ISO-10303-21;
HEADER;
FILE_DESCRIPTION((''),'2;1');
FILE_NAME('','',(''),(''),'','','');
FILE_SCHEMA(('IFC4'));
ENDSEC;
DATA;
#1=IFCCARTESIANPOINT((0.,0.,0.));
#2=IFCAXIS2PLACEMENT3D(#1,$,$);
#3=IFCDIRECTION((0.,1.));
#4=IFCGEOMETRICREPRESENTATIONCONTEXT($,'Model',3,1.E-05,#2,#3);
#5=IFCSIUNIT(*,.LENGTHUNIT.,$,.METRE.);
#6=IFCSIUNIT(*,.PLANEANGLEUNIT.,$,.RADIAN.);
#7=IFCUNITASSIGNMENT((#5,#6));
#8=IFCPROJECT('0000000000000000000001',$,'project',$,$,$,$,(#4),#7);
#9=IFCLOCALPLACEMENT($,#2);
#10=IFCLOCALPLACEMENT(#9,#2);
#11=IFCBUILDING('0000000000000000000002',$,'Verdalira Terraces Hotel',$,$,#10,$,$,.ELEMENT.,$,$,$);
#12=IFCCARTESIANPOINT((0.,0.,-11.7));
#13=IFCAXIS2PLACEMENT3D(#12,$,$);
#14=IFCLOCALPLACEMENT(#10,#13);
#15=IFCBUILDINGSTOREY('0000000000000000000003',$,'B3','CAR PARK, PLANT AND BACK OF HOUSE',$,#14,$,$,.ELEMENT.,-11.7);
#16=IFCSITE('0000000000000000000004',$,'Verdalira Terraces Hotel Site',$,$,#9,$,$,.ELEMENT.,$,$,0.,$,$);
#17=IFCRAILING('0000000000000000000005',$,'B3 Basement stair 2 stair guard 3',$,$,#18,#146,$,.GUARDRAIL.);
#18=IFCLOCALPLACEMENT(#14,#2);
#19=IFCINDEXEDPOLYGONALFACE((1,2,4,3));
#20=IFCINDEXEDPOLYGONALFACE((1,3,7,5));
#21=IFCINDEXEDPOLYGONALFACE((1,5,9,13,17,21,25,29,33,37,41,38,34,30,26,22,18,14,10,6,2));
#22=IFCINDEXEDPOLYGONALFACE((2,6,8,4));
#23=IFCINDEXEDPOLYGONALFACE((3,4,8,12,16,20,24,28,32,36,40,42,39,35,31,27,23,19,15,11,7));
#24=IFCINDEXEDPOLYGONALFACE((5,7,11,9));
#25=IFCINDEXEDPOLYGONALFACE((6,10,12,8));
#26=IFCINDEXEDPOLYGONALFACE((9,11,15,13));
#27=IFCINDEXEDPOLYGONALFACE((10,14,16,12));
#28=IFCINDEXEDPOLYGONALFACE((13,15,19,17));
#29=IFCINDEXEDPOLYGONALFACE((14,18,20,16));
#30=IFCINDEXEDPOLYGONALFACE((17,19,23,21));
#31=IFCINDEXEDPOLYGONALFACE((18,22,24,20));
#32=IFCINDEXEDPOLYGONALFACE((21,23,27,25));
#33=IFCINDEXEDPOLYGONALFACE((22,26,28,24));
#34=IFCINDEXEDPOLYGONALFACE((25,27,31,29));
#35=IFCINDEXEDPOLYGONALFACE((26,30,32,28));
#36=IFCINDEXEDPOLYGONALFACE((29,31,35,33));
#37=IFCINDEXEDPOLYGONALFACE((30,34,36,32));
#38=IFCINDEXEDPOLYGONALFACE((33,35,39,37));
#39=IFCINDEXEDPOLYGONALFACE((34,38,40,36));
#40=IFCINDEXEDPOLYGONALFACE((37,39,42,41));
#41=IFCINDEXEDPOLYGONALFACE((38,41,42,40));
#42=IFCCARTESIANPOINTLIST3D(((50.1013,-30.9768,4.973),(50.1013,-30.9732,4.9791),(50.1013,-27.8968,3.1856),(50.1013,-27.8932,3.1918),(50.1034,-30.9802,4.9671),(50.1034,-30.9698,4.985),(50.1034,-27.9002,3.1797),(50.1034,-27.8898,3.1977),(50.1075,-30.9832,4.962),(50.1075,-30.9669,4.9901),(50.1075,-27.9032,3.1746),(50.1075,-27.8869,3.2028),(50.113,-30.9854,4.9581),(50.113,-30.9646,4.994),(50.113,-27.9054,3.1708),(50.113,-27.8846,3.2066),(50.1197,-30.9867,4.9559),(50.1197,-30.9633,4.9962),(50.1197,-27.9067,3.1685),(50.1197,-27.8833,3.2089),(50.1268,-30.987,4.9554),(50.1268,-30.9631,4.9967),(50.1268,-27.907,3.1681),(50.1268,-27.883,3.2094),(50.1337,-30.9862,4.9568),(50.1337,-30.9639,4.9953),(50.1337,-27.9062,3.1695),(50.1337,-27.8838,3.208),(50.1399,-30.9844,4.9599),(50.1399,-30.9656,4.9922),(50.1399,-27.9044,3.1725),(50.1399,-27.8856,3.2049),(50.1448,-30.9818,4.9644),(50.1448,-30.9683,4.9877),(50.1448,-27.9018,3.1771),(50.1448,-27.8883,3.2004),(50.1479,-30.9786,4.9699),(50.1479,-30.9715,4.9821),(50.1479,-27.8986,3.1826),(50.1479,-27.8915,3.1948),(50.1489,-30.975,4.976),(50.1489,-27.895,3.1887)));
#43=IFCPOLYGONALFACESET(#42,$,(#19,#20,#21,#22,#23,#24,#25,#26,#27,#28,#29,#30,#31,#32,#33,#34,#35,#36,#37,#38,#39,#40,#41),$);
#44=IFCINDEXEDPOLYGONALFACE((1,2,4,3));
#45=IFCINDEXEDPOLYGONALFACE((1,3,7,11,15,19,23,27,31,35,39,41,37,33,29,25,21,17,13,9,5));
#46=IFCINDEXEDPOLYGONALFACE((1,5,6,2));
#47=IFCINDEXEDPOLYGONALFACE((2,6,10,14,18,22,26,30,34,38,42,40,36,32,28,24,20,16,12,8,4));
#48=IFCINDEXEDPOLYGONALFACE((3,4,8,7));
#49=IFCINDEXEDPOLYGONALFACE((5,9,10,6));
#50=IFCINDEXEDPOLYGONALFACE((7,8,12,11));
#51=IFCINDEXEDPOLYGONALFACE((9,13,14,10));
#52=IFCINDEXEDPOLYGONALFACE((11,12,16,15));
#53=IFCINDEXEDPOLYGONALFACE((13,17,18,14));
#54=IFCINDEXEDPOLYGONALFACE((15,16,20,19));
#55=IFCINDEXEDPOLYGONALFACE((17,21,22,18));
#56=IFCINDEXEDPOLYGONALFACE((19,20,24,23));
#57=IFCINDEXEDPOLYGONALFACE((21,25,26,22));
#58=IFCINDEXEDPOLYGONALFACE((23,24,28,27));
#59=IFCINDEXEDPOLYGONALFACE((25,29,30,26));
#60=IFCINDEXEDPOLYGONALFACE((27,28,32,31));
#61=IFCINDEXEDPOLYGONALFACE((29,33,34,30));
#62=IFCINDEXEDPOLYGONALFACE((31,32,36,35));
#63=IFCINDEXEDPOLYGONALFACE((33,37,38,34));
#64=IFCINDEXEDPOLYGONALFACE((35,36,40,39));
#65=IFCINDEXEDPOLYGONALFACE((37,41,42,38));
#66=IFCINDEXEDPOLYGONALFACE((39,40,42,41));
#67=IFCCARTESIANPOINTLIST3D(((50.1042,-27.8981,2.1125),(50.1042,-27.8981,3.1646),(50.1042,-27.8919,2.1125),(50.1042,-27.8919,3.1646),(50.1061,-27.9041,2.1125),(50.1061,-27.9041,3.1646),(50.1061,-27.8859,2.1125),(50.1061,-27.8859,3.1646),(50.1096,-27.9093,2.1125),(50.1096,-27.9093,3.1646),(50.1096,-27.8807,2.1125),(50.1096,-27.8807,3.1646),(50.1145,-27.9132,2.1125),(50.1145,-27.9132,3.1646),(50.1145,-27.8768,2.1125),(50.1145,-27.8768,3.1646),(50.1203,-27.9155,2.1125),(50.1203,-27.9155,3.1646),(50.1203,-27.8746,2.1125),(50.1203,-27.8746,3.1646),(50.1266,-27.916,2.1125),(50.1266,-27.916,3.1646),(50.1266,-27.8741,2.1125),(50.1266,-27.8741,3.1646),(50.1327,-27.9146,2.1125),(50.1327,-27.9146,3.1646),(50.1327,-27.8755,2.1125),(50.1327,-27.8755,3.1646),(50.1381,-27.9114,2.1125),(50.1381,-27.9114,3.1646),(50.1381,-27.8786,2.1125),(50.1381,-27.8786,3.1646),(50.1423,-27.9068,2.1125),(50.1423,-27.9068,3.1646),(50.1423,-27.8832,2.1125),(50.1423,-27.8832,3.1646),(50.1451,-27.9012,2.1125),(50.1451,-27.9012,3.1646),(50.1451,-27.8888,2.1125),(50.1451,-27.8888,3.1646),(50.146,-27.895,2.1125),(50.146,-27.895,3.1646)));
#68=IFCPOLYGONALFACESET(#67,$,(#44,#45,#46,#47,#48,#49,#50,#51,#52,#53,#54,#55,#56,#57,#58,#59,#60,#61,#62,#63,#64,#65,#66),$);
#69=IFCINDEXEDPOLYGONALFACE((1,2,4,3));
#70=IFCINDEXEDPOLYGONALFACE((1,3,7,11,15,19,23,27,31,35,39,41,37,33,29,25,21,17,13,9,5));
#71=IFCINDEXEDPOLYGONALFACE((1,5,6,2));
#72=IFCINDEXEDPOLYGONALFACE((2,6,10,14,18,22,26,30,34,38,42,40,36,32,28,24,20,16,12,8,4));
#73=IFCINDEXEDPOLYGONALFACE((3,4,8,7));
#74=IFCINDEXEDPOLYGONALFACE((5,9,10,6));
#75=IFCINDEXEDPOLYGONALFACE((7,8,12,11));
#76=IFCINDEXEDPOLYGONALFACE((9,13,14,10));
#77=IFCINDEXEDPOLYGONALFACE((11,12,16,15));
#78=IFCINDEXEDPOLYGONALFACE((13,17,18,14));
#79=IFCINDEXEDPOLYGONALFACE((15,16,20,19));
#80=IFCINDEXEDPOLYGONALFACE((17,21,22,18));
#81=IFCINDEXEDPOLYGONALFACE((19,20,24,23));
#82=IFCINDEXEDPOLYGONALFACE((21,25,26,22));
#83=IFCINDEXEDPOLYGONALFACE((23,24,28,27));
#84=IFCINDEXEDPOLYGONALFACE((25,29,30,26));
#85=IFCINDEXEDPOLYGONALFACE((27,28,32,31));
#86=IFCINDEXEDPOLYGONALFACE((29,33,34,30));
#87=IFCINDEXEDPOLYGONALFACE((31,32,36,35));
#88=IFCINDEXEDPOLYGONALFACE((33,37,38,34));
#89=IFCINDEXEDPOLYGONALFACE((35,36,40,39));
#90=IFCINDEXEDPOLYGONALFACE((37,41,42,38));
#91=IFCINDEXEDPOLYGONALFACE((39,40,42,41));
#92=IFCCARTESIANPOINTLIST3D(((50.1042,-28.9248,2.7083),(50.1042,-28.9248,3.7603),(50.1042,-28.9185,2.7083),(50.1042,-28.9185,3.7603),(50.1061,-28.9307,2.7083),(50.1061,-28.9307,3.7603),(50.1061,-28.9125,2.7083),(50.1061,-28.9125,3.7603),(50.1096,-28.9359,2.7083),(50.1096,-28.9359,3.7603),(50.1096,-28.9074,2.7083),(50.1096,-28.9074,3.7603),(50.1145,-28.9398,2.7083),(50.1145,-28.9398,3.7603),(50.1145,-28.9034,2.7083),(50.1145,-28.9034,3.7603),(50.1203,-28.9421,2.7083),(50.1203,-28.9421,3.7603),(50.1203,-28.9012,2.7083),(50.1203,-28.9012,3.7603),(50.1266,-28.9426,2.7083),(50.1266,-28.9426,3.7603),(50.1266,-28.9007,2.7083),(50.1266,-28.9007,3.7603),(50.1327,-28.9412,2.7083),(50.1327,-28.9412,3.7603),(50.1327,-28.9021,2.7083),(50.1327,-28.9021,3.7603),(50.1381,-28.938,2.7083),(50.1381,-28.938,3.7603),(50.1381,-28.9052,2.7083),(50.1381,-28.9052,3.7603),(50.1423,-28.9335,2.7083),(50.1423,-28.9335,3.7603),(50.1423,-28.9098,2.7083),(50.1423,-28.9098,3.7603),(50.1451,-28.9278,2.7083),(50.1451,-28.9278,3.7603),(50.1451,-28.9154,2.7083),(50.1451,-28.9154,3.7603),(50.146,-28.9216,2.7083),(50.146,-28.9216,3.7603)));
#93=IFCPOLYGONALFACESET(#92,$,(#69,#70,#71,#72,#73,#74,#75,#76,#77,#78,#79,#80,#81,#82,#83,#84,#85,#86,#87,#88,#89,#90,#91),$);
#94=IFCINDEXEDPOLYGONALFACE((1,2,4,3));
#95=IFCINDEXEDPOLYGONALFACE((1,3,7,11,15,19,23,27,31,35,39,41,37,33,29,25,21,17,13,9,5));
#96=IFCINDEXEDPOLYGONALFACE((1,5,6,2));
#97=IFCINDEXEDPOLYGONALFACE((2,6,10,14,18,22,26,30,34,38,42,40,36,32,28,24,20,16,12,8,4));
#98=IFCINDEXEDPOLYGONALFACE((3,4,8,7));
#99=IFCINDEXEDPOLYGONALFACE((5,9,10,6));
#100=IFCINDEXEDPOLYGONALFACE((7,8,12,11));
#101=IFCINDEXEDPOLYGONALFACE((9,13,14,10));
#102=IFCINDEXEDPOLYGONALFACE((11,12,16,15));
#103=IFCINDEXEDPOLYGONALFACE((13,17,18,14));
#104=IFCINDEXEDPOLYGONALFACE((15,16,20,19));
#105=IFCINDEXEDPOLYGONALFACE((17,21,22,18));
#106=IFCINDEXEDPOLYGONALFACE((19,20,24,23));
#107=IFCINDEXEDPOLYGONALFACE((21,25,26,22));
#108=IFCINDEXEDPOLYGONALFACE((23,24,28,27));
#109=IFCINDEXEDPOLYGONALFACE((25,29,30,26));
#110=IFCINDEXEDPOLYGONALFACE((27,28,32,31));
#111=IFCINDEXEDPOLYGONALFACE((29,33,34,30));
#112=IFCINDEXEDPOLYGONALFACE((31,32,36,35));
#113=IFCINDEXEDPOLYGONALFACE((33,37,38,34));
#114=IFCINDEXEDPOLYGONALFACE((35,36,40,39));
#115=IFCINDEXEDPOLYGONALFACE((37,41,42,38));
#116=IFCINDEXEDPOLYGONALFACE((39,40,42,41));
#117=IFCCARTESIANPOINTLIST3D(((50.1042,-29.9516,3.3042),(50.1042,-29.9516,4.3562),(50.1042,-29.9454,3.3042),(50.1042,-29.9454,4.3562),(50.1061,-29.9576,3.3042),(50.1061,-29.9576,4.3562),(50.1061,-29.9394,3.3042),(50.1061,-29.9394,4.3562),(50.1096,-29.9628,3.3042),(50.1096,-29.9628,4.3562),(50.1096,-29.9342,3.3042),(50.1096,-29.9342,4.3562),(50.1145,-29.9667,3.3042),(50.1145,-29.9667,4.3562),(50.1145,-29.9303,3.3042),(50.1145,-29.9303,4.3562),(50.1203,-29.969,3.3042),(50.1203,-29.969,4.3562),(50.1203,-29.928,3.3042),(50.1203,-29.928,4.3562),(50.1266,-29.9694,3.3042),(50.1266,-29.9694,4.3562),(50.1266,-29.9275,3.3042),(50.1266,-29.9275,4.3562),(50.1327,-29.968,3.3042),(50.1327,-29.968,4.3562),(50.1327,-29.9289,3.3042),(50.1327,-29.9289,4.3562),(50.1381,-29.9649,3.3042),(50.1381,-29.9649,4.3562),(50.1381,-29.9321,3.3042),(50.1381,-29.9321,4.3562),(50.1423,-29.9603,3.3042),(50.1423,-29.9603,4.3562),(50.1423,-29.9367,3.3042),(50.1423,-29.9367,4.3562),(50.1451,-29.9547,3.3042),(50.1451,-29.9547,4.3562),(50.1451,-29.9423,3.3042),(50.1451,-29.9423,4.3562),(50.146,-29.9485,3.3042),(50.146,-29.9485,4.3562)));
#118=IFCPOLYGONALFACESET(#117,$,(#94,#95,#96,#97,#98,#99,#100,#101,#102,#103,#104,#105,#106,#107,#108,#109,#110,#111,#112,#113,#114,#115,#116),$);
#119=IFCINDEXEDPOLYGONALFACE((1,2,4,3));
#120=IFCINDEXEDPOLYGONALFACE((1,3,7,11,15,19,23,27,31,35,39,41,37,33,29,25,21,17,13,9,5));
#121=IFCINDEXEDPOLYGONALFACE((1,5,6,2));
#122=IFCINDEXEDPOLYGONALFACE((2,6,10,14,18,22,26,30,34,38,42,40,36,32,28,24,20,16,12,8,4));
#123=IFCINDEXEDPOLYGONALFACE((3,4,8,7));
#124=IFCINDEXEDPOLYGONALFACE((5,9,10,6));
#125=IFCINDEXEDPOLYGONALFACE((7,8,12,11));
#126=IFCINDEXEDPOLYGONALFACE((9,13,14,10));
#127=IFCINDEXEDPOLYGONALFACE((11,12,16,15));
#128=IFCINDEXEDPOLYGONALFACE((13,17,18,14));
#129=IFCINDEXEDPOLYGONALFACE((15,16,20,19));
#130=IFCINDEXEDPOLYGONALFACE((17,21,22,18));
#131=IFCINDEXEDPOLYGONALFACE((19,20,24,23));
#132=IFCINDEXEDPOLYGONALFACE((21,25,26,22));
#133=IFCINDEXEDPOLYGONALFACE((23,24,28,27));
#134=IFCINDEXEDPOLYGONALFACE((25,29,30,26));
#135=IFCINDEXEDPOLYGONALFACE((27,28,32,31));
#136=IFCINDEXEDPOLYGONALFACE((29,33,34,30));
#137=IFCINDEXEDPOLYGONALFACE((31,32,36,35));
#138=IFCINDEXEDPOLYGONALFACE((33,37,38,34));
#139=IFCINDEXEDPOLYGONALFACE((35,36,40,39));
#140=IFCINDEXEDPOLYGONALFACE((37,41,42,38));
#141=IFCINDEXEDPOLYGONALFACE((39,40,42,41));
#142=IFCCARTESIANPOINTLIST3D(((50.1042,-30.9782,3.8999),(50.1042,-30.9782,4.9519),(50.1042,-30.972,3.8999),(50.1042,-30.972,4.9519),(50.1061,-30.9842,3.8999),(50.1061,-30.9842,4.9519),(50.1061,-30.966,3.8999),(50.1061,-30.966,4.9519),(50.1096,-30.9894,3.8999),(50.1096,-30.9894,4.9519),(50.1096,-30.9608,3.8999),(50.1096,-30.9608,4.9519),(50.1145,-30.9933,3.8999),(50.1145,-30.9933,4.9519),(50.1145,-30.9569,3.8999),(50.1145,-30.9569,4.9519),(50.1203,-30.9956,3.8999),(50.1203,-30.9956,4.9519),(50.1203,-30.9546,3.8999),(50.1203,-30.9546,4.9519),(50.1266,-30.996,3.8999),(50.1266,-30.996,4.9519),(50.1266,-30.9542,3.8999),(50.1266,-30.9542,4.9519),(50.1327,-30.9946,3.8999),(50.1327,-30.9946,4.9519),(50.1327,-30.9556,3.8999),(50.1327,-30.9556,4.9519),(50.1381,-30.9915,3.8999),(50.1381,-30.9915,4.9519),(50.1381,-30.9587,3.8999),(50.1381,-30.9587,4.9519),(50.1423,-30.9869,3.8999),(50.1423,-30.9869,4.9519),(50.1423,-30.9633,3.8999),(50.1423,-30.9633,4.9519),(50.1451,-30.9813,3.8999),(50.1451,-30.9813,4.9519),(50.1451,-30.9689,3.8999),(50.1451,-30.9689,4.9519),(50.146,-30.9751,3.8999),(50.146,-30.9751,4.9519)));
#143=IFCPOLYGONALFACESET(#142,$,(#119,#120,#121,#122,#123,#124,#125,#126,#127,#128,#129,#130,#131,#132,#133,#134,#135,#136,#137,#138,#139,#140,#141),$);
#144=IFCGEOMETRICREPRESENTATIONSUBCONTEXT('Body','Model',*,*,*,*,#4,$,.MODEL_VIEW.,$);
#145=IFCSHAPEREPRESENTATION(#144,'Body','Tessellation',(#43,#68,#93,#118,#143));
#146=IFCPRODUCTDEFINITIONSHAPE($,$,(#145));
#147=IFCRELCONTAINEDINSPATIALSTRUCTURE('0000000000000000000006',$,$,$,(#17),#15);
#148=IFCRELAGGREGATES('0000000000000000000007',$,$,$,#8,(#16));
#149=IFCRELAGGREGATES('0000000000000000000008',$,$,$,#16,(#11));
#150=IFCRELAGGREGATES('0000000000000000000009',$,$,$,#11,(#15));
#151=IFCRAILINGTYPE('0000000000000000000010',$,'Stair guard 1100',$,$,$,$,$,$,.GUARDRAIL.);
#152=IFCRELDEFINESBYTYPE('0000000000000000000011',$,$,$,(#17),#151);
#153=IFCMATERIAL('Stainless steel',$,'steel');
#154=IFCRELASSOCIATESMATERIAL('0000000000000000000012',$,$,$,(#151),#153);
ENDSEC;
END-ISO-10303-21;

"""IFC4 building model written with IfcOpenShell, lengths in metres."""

from ifc_helpers import new_model, si_unit, direction, frame, origin, origin_2d, place, context, subcontext, project, spatial, circle, extrude, material, type_object, element, save


model = new_model("IFC4")

# Units and contexts
model_context = context("Model", 3, precision=1e-05, world=origin(), true_north=direction((0.0, 1.0)))
body_context = subcontext(model_context, "Body", "Model", "MODEL_VIEW")
ifc_project = project(units=[si_unit("LENGTHUNIT", "METRE"), si_unit("PLANEANGLEUNIT", "RADIAN")], contexts=[model_context])

# Site, building, storey
site_placement = place(None, origin())
site = spatial("IfcSite", under=ifc_project, at=site_placement, Name="Verdalira Terraces Hotel Site", CompositionType="ELEMENT", RefElevation=0.0)
building_placement = place(site_placement, origin())
building = spatial("IfcBuilding", under=site, at=building_placement, Name="Verdalira Terraces Hotel", CompositionType="ELEMENT")
storey_placement = place(building_placement, frame((0.0, 0.0, -11.7)))
storey = spatial("IfcBuildingStorey", under=building, at=storey_placement, Name="B3", Description="CAR PARK, PLANT AND BACK OF HOUSE", CompositionType="ELEMENT", Elevation=-11.7)

# Railing
ifc_material_1 = material(Name="Stainless steel", Category="steel")
railing_type_1 = type_object("IfcRailingType", Name="Stair guard 1100", PredefinedType="GUARDRAIL", material=ifc_material_1)
railing_1_placement = place(storey_placement, frame((50.125, -27.895, 2.1125)))
element("IfcRailing", 1, at=railing_1_placement, inside=storey, type_object=railing_type_1, Name="B3 Basement stair 2 stair guard 3", PredefinedType="GUARDRAIL", context=body_context, shape_type="SweptSolid", body=[
    extrude(circle(Radius=0.0239, at=origin_2d()), frame((0.0, 0.0, 1.0762), z_axis=(0.0, -0.86492, 0.501909), x_axis=(1.0, 0.0, 0.0)), (0.0, 0.0, 1.0), 3.561),
    extrude(circle(Radius=0.021, at=origin_2d()), origin(), (0.0, 0.0, 1.0), 1.052),
    extrude(circle(Radius=0.021, at=origin_2d()), frame((0.0, -1.0266, 0.5957)), (0.0, 0.0, 1.0), 1.052),
    extrude(circle(Radius=0.021, at=origin_2d()), frame((0.0, -2.0535, 1.1917)), (0.0, 0.0, 1.0), 1.052),
    extrude(circle(Radius=0.021, at=origin_2d()), frame((0.0, -3.0801, 1.7874)), (0.0, 0.0, 1.0), 1.052),
])

save(model, "model.ifc")
